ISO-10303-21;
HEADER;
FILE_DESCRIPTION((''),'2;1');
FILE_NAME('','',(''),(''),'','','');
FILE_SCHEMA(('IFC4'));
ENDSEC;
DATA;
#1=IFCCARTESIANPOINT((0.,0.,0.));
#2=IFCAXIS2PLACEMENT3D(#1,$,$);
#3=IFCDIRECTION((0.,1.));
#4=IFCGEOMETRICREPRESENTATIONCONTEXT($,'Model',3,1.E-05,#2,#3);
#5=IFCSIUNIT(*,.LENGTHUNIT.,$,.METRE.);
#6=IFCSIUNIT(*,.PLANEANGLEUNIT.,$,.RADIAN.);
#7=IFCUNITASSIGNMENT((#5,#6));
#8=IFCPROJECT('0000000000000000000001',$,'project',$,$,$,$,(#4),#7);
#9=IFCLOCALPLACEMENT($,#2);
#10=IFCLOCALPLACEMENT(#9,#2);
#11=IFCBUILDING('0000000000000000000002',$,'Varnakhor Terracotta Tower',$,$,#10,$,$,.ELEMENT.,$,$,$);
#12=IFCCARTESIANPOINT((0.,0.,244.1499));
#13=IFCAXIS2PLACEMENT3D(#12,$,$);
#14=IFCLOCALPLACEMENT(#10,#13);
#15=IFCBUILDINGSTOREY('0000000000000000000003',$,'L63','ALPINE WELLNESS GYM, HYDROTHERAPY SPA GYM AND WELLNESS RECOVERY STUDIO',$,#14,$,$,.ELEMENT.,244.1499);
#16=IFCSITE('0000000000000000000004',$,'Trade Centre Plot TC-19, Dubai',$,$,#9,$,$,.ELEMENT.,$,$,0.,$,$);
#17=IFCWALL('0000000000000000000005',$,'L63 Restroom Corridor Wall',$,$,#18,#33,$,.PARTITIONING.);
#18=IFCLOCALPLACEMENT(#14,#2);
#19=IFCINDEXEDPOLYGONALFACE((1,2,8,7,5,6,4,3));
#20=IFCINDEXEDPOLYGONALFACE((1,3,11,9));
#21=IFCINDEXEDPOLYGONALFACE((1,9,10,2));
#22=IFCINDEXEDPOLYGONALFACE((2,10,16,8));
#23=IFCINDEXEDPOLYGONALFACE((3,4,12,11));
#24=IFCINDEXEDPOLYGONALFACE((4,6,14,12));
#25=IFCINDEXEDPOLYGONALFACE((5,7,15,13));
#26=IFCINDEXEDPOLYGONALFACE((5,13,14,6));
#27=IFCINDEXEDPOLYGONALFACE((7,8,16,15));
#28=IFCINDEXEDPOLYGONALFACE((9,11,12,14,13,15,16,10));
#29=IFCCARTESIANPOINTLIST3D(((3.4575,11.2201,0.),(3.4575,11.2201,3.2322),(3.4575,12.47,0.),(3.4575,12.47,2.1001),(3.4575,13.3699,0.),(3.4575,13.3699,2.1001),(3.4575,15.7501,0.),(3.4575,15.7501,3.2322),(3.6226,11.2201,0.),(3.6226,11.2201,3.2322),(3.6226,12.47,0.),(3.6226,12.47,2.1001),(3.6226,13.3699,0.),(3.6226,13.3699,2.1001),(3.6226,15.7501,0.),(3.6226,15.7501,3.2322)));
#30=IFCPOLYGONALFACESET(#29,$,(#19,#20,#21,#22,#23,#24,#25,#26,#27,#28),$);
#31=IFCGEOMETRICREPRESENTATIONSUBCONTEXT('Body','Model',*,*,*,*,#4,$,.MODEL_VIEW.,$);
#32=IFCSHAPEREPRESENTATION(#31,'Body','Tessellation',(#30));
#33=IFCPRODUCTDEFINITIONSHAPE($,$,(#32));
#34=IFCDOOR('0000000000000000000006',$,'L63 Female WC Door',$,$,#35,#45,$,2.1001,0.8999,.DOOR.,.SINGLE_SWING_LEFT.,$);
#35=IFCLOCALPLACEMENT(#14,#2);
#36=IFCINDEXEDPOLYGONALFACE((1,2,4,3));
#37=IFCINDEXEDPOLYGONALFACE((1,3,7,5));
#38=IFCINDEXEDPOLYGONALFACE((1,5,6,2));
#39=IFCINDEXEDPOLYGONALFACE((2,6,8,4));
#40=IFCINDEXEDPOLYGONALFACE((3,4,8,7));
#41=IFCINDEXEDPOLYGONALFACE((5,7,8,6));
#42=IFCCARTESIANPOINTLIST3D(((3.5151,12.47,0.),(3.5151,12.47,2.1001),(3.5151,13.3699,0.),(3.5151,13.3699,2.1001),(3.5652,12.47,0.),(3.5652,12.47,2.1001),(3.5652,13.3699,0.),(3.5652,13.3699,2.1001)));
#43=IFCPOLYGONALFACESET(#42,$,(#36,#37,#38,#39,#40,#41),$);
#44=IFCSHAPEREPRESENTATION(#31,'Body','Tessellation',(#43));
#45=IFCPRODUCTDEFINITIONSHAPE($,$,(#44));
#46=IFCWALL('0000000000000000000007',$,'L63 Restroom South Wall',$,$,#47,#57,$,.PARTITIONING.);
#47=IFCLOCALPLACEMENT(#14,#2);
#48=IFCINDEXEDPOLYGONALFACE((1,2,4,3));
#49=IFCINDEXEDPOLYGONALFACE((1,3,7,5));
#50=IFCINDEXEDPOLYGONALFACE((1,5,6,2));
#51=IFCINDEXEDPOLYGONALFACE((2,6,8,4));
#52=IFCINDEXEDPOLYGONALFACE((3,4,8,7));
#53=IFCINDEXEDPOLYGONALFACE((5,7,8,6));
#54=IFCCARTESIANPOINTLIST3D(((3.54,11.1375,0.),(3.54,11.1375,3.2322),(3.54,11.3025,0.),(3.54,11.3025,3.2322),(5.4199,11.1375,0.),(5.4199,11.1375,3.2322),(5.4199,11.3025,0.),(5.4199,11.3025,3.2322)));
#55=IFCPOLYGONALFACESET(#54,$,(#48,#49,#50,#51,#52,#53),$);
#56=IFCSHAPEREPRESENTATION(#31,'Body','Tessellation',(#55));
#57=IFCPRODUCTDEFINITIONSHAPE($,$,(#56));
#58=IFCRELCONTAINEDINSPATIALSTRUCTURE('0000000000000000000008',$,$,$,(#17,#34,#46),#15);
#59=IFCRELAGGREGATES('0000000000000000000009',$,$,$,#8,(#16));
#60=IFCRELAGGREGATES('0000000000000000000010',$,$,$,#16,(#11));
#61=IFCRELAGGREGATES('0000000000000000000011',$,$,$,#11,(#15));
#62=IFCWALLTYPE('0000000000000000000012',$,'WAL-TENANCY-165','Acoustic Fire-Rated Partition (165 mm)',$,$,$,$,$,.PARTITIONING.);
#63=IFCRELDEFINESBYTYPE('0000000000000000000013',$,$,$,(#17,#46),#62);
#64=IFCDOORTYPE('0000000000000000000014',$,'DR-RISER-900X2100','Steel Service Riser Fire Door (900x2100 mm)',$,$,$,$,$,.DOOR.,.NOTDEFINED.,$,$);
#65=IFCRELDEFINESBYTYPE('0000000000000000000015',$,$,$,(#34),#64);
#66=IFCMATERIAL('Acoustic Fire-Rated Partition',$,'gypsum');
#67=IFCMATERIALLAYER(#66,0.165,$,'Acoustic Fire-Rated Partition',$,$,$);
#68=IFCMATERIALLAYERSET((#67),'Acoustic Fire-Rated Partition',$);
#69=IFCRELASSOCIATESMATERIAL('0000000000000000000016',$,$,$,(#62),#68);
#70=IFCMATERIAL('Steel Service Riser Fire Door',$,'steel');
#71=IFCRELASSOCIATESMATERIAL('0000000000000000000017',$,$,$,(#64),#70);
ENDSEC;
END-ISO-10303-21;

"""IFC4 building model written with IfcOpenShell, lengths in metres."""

from ifc_helpers import new_model, si_unit, direction, frame, frame_2d, origin, place, context, subcontext, project, spatial, rectangle, extrude, source, transform, mapped, material, layer, layer_set, type_object, type_shapes, element, fill, save


model = new_model("IFC4")

# Units and contexts
model_context = context("Model", 3, precision=1e-05, world=origin(), true_north=direction((0.0, 1.0)))
body_context = subcontext(model_context, "Body", "Model", "MODEL_VIEW")
ifc_project = project(units=[si_unit("LENGTHUNIT", "METRE"), si_unit("PLANEANGLEUNIT", "RADIAN")], contexts=[model_context])

# Site, building, storey
site_placement = place(None, origin())
site = spatial("IfcSite", under=ifc_project, at=site_placement, Name="Trade Centre Plot TC-19, Dubai", CompositionType="ELEMENT", RefElevation=0.0)
building_placement = place(site_placement, origin())
building = spatial("IfcBuilding", under=site, at=building_placement, Name="Varnakhor Terracotta Tower", CompositionType="ELEMENT")
storey_placement = place(building_placement, frame((0.0, 0.0, 244.1499)))
storey = spatial("IfcBuildingStorey", under=building, at=storey_placement, Name="L63", Description="ALPINE WELLNESS GYM, HYDROTHERAPY SPA GYM AND WELLNESS RECOVERY STUDIO", CompositionType="ELEMENT", Elevation=244.1499)

# Shared definitions
ifc_material_1 = material(Name="Acoustic Fire-Rated Partition", Category="gypsum")
ifc_layer_1 = layer(ifc_material_1, 0.165, Name="Acoustic Fire-Rated Partition")
ifc_layer_set_1 = layer_set([ifc_layer_1], Name="Acoustic Fire-Rated Partition")
wall_type_1 = type_object("IfcWallType", Name="WAL-TENANCY-165", Description="Acoustic Fire-Rated Partition (165 mm)", PredefinedType="PARTITIONING", material=ifc_layer_set_1)

# Wall, opening, door
wall_1_placement = place(storey_placement, frame((3.54, 11.22, 0.0), z_axis=(0.0, 0.0, 1.0), x_axis=(0.0, 1.0, 0.0)))
wall_1 = element("IfcWall", 1, at=wall_1_placement, inside=storey, type_object=wall_type_1, Name="L63 Restroom Corridor Wall", PredefinedType="PARTITIONING", context=body_context, shape_type="SweptSolid", body=[
    extrude(rectangle(XDim=4.53, YDim=0.165, at=frame_2d((2.2651, 0.0))), origin(), (0.0, 0.0, 1.0), 3.2322),
])
opening_1_placement = place(wall_1_placement, frame((1.25, 0.0, 0.0)))
opening_1 = element("IfcOpeningElement", 2, at=opening_1_placement, cuts=wall_1, PredefinedType="OPENING", context=body_context, shape_type="SweptSolid", body=[
    extrude(rectangle(XDim=0.8999, YDim=2.1001, at=frame_2d((0.45, 1.05))), frame((0.0, 0.0925, 0.0), z_axis=(0.0, -1.0, 0.0), x_axis=(1.0, 0.0, 0.0)), (0.0, 0.0, 1.0), 0.1851),
])
ifc_material_2 = material(Name="Steel Service Riser Fire Door", Category="steel")
door_type_1 = type_object("IfcDoorType", Name="DR-RISER-900X2100", Description="Steel Service Riser Fire Door (900x2100 mm)", OperationType="NOTDEFINED", PredefinedType="DOOR", material=ifc_material_2)
shared_shape_1 = source(origin(), body_context, "Body", "SweptSolid", [
    extrude(rectangle(XDim=0.8999, YDim=2.1001, at=frame_2d((0.45, 1.05))), frame((0.0, 0.0249, 0.0), z_axis=(0.0, -1.0, 0.0), x_axis=(1.0, 0.0, 0.0)), (0.0, 0.0, 1.0), 0.05),
])
type_shapes(door_type_1, [shared_shape_1])
door_1_placement = place(opening_1_placement, origin())
door_1 = element("IfcDoor", 3, at=door_1_placement, inside=storey, type_object=door_type_1, Name="L63 Female WC Door", OperationType="SINGLE_SWING_LEFT", OverallHeight=2.1001, OverallWidth=0.8999, PredefinedType="DOOR", context=body_context, shape_type="MappedRepresentation", body=[
    mapped(shared_shape_1, transform((0.0, 0.0, 0.0), scale=1.0)),
])
fill(opening_1, door_1)

# Wall
wall_2_placement = place(storey_placement, frame((3.54, 11.22, 0.0), z_axis=(0.0, 0.0, 1.0), x_axis=(1.0, 0.0, 0.0)))
element("IfcWall", 4, at=wall_2_placement, inside=storey, type_object=wall_type_1, Name="L63 Restroom South Wall", PredefinedType="PARTITIONING", context=body_context, shape_type="SweptSolid", body=[
    extrude(rectangle(XDim=1.8799, YDim=0.165, at=frame_2d((0.9399, 0.0))), origin(), (0.0, 0.0, 1.0), 3.2322),
])

save(model, "model.ifc")
